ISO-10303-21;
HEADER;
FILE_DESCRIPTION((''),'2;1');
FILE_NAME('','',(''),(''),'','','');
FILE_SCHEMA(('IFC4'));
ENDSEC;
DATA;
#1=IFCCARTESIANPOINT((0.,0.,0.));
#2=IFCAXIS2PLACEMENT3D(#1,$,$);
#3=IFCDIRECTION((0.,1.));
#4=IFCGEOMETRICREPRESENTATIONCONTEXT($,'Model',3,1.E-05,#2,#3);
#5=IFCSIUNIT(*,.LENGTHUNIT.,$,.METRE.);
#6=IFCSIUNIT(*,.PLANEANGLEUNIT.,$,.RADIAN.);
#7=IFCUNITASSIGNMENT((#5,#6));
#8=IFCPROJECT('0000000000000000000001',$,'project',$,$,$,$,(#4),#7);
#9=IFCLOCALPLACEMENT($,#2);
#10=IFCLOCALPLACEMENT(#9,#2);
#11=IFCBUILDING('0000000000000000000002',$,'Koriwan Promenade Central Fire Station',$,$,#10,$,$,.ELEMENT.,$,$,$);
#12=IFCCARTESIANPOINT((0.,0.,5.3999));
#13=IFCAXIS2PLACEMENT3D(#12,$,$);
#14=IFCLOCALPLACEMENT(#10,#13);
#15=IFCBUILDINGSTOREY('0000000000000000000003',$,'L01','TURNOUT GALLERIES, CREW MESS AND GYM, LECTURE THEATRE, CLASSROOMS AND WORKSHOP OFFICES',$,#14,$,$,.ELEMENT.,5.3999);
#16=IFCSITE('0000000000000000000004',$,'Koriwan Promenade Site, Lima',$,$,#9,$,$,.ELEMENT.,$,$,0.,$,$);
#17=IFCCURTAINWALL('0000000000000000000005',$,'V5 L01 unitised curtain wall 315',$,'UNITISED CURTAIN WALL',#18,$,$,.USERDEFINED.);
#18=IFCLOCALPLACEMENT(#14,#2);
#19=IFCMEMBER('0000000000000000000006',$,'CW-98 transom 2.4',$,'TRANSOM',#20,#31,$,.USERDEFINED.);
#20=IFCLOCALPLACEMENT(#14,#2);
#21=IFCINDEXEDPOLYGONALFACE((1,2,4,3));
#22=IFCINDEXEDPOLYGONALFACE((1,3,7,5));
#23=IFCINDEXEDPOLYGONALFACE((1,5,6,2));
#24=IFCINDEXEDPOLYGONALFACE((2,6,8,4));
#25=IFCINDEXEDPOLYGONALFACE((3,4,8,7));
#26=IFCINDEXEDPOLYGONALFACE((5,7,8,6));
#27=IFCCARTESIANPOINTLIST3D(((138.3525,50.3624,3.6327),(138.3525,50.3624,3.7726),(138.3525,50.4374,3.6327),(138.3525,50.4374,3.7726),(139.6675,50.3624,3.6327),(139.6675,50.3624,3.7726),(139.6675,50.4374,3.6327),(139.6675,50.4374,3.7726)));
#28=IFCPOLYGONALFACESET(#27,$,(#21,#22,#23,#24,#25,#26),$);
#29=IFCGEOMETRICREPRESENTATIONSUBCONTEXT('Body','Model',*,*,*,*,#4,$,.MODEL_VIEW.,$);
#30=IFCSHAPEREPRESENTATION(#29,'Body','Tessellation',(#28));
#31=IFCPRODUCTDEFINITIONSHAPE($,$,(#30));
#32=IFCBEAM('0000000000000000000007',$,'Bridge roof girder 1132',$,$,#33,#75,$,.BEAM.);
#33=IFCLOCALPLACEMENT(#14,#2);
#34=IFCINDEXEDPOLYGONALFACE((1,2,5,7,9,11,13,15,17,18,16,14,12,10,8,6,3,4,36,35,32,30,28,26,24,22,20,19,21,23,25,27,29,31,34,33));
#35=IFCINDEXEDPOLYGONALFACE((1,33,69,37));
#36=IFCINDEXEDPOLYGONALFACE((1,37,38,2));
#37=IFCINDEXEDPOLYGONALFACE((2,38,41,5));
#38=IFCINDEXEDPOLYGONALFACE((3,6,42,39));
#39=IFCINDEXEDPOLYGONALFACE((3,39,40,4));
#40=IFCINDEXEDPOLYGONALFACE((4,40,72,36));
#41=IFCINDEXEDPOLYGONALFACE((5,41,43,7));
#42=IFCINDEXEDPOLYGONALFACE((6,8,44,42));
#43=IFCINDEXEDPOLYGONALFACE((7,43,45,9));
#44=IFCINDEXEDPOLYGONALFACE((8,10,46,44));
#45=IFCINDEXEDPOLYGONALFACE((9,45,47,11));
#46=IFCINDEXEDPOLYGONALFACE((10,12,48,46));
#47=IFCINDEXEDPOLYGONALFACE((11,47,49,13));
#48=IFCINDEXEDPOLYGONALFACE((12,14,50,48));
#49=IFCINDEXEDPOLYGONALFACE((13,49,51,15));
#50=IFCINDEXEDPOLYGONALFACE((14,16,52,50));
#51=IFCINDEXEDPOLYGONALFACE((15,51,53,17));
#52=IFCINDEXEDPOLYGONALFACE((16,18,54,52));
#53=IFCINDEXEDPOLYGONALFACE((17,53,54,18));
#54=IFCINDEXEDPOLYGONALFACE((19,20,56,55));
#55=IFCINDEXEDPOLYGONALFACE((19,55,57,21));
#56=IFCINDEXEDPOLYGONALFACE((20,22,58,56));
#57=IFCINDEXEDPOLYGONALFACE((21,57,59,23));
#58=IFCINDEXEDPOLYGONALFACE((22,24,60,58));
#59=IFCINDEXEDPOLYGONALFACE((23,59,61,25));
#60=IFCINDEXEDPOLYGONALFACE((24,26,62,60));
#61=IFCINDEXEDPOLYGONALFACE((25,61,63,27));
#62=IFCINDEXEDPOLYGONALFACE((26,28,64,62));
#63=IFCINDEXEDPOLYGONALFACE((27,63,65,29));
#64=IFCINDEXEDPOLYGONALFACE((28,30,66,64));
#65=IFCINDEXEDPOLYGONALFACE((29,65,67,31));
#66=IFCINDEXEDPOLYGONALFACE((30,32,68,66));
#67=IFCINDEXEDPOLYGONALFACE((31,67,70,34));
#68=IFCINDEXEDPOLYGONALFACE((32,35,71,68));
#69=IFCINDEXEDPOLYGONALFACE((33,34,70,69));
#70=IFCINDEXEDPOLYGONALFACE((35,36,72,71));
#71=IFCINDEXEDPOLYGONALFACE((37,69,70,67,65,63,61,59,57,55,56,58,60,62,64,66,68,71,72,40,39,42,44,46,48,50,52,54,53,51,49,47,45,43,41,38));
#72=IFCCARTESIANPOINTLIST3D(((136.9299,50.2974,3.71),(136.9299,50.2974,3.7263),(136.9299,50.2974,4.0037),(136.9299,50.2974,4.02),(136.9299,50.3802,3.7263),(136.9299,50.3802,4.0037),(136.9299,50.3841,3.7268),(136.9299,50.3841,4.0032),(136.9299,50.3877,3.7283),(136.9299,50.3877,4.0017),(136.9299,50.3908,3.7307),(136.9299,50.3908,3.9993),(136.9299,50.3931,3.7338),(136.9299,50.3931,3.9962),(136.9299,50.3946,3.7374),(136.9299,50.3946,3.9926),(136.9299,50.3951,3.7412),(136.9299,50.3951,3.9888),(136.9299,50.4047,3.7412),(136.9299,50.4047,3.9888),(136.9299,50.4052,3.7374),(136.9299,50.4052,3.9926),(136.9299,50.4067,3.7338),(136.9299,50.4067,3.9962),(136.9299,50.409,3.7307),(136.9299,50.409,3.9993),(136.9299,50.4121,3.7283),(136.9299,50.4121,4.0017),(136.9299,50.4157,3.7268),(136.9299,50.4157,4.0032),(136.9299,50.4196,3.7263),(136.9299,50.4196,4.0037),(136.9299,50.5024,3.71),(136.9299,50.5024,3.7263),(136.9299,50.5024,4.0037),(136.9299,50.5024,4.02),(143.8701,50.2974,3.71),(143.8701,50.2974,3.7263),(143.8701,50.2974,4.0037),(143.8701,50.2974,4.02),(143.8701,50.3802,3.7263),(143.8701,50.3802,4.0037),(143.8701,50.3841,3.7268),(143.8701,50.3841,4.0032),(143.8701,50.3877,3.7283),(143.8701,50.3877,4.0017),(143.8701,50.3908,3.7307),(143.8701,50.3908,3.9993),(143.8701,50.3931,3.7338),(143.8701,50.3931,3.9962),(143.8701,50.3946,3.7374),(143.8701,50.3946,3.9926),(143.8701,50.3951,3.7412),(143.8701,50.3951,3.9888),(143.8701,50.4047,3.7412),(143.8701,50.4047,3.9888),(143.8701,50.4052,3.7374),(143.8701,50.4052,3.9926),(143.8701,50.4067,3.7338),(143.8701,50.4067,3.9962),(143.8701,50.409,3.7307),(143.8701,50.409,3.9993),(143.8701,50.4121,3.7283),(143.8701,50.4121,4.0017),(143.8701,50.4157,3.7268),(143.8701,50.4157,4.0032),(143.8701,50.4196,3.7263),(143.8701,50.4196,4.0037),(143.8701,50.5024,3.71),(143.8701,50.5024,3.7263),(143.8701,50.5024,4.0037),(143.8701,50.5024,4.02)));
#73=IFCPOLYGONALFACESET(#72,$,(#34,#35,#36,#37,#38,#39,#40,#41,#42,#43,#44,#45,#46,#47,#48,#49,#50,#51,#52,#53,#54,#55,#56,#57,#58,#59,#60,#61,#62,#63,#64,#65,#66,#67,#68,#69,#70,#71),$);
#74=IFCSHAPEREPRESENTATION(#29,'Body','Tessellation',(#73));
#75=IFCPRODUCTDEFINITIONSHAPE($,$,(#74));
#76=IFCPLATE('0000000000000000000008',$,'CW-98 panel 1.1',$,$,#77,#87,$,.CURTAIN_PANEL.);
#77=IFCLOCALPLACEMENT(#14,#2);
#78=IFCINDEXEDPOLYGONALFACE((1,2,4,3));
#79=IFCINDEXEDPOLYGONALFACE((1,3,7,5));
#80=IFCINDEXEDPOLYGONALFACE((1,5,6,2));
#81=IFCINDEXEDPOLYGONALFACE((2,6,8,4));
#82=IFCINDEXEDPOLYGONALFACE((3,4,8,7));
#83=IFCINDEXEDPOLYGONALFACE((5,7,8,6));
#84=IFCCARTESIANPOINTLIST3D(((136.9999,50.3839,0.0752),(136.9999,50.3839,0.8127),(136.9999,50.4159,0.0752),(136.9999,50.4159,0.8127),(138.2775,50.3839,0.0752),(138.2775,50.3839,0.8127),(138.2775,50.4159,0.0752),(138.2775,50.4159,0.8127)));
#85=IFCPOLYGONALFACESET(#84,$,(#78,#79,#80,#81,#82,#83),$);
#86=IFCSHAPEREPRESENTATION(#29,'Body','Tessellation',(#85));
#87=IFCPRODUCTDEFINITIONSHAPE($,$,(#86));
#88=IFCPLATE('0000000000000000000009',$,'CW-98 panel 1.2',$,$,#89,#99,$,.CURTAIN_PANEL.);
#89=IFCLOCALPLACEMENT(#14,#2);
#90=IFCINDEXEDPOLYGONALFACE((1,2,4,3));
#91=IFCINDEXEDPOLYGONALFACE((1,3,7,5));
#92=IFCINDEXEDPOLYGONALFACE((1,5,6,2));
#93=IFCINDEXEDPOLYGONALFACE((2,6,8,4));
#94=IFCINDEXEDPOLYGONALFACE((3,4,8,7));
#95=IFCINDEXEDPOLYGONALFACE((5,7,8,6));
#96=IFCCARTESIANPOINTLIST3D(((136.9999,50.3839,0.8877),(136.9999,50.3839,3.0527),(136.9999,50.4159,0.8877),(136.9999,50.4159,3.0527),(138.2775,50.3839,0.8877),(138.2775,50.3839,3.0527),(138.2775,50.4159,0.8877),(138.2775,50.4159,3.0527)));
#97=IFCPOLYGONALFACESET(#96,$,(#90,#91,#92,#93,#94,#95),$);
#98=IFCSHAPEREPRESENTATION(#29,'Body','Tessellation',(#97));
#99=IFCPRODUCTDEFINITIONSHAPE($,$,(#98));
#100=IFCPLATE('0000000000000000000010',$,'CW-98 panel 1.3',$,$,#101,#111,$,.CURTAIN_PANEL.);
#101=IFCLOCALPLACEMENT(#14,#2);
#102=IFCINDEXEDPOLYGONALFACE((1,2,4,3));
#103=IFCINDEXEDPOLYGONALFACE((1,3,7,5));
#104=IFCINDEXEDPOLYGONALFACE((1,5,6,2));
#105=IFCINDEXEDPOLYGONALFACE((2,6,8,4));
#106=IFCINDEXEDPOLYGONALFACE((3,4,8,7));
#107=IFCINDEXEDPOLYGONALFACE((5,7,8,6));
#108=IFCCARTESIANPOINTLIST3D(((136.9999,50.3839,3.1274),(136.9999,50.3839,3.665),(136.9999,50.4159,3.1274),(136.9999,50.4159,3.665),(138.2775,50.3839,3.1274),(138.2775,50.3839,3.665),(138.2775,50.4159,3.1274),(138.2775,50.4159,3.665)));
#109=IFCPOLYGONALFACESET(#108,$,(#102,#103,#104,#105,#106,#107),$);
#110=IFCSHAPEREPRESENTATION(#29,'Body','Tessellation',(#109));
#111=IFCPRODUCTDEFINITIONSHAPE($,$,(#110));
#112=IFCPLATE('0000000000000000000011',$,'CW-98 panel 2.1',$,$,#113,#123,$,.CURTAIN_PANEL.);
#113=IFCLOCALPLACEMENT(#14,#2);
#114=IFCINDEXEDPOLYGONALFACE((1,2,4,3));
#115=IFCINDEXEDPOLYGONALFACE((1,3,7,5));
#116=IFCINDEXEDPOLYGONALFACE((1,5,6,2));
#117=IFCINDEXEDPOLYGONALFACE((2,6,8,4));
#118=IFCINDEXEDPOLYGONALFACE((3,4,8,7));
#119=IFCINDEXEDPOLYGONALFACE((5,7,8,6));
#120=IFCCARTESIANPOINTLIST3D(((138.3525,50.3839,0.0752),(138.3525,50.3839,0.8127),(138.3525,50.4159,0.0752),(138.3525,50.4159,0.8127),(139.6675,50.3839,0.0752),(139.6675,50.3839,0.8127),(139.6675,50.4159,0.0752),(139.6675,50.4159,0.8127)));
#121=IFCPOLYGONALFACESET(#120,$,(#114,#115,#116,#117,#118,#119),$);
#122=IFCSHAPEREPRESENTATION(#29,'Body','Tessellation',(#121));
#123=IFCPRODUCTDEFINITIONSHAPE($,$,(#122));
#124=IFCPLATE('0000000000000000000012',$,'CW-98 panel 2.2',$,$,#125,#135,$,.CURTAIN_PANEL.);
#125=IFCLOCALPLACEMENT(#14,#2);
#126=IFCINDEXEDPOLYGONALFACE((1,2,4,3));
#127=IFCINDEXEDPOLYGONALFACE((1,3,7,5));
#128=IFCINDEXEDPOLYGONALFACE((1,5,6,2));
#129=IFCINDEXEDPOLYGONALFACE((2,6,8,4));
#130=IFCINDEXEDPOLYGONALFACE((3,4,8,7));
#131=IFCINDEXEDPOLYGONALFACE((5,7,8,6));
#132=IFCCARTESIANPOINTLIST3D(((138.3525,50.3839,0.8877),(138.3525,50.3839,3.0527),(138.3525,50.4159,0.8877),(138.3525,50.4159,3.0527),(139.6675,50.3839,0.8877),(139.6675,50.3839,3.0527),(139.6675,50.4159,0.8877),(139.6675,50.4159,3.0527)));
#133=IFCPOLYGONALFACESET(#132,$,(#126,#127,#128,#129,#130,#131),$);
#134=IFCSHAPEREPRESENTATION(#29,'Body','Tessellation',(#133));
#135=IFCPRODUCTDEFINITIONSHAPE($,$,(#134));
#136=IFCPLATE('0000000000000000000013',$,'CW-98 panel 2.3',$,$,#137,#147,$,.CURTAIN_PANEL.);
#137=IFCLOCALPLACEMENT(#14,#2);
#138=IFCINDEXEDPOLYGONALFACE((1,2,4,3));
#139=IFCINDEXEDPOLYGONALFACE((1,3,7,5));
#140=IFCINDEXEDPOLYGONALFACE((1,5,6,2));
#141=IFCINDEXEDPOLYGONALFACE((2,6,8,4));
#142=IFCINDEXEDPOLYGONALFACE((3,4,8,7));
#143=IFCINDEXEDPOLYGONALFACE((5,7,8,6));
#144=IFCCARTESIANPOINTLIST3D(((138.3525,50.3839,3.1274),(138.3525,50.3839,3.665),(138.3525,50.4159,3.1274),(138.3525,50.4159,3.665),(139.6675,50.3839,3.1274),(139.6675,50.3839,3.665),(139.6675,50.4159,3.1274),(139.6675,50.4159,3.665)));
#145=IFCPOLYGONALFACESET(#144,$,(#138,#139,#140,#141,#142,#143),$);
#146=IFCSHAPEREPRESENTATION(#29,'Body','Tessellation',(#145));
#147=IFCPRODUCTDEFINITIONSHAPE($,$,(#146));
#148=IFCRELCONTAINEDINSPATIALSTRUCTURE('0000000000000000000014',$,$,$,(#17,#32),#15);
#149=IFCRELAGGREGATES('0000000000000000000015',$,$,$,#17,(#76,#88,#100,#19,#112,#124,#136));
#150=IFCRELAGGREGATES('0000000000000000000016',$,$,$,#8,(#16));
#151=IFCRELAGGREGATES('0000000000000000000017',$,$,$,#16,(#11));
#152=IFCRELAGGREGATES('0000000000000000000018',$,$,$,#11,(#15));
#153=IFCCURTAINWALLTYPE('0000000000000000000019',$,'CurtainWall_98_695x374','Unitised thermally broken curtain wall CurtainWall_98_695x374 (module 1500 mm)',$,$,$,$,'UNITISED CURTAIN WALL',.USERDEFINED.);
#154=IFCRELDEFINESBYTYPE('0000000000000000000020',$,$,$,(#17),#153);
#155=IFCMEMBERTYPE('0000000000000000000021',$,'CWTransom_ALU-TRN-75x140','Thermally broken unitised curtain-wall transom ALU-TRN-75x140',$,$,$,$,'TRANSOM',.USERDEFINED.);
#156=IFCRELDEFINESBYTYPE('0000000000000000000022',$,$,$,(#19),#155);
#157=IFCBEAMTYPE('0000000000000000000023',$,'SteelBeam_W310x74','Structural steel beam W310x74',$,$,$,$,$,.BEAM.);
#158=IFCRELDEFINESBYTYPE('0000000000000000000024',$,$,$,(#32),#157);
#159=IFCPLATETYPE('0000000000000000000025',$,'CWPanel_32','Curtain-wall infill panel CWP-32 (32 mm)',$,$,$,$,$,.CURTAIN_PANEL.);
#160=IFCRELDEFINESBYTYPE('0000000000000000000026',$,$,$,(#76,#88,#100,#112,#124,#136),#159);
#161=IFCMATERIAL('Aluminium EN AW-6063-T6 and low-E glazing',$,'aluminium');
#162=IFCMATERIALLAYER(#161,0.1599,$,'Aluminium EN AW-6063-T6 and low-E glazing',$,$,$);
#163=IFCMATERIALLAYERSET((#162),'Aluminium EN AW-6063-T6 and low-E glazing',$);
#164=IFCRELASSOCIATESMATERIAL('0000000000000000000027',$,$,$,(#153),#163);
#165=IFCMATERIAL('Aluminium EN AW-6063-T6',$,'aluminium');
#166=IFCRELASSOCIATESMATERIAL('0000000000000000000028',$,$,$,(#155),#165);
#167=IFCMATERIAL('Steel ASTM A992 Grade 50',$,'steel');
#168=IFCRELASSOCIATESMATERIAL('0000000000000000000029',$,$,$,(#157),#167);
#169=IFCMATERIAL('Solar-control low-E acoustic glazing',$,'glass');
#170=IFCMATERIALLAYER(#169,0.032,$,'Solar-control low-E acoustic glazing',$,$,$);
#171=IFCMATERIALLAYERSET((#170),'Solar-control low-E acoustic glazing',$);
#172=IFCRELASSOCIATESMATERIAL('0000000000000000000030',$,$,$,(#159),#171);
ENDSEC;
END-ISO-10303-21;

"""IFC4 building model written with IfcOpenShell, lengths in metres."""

from ifc_helpers import new_model, si_unit, direction, frame, origin, origin_2d, place, context, subcontext, project, spatial, rectangle, i_section, extrude, material, layer, layer_set, material_profile, profile_set, type_object, element, aggregate, save


model = new_model("IFC4")

# Units and contexts
model_context = context("Model", 3, precision=1e-05, world=origin(), true_north=direction((0.0, 1.0)))
body_context = subcontext(model_context, "Body", "Model", "MODEL_VIEW")
ifc_project = project(units=[si_unit("LENGTHUNIT", "METRE"), si_unit("PLANEANGLEUNIT", "RADIAN")], contexts=[model_context])

# Site, building, storey
site_placement = place(None, origin())
site = spatial("IfcSite", under=ifc_project, at=site_placement, Name="Koriwan Promenade Site, Lima", CompositionType="ELEMENT", RefElevation=0.0)
building_placement = place(site_placement, origin())
building = spatial("IfcBuilding", under=site, at=building_placement, Name="Koriwan Promenade Central Fire Station", CompositionType="ELEMENT")
storey_placement = place(building_placement, frame((0.0, 0.0, 5.3999)))
storey = spatial("IfcBuildingStorey", under=building, at=storey_placement, Name="L01", Description="TURNOUT GALLERIES, CREW MESS AND GYM, LECTURE THEATRE, CLASSROOMS AND WORKSHOP OFFICES", CompositionType="ELEMENT", Elevation=5.3999)

# Curtain wall, member
ifc_material_1 = material(Name="Aluminium EN AW-6063-T6 and low-E glazing", Category="aluminium")
ifc_layer_1 = layer(ifc_material_1, 0.1599, Name="Aluminium EN AW-6063-T6 and low-E glazing")
ifc_layer_set_1 = layer_set([ifc_layer_1], Name="Aluminium EN AW-6063-T6 and low-E glazing")
curtain_wall_type = type_object("IfcCurtainWallType", Name="CurtainWall_98_695x374", Description="Unitised thermally broken curtain wall CurtainWall_98_695x374 (module 1500 mm)", ElementType="UNITISED CURTAIN WALL", PredefinedType="USERDEFINED", material=ifc_layer_set_1)
curtain_wall_placement = place(storey_placement, origin())
curtain_wall = element("IfcCurtainWall", 1, at=curtain_wall_placement, inside=storey, type_object=curtain_wall_type, Name="V5 L01 unitised curtain wall 315", ObjectType="UNITISED CURTAIN WALL", PredefinedType="USERDEFINED")
ifc_material_2 = material(Name="Aluminium EN AW-6063-T6", Category="aluminium")
ifc_material_profile_1 = material_profile(ifc_material_2, rectangle(XDim=0.075, YDim=0.1399, at=origin_2d()), Name="ALU-TRN-75x140")
ifc_profile_set_1 = profile_set([ifc_material_profile_1], Name="Aluminium EN AW-6063-T6")
member_type_1 = type_object("IfcMemberType", Name="CWTransom_ALU-TRN-75x140", Description="Thermally broken unitised curtain-wall transom ALU-TRN-75x140", ElementType="TRANSOM", PredefinedType="USERDEFINED", material=ifc_profile_set_1)
member_1_placement = place(storey_placement, frame((138.3525, 50.3999, 3.7026), z_axis=(1.0, 0.0, 0.0), x_axis=(0.0, 1.0, 0.0)))
member_1 = element("IfcMember", 2, at=member_1_placement, type_object=member_type_1, Name="CW-98 transom 2.4", ObjectType="TRANSOM", PredefinedType="USERDEFINED", context=body_context, shape_type="SweptSolid", body=[
    extrude(rectangle(XDim=0.075, YDim=0.1399, at=origin_2d()), origin(), (0.0, 0.0, 1.0), 1.3149),
])

# Beam
ifc_material_3 = material(Name="Steel ASTM A992 Grade 50", Category="steel")
ifc_material_profile_2 = material_profile(ifc_material_3, i_section(OverallWidth=0.2051, OverallDepth=0.3101, WebThickness=0.0095, FlangeThickness=0.0164, FilletRadius=0.0149, at=origin_2d()), Name="W310x74")
ifc_profile_set_2 = profile_set([ifc_material_profile_2], Name="Steel ASTM A992 Grade 50")
beam_type = type_object("IfcBeamType", Name="SteelBeam_W310x74", Description="Structural steel beam W310x74", PredefinedType="BEAM", material=ifc_profile_set_2)
beam_placement = place(storey_placement, frame((136.9299, 50.3999, 3.865), z_axis=(1.0, 0.0, 0.0), x_axis=(0.0, 1.0, 0.0)))
element("IfcBeam", 3, at=beam_placement, inside=storey, type_object=beam_type, Name="Bridge roof girder 1132", PredefinedType="BEAM", context=body_context, shape_type="SweptSolid", body=[
    extrude(i_section(OverallWidth=0.2051, OverallDepth=0.3101, WebThickness=0.0095, FlangeThickness=0.0164, FilletRadius=0.0149, at=origin_2d()), origin(), (0.0, 0.0, 1.0), 6.9402),
])

# Plates
ifc_material_4 = material(Name="Solar-control low-E acoustic glazing", Category="glass")
ifc_layer_2 = layer(ifc_material_4, 0.032, Name="Solar-control low-E acoustic glazing")
ifc_layer_set_2 = layer_set([ifc_layer_2], Name="Solar-control low-E acoustic glazing")
plate_type = type_object("IfcPlateType", Name="CWPanel_32", Description="Curtain-wall infill panel CWP-32 (32 mm)", PredefinedType="CURTAIN_PANEL", material=ifc_layer_set_2)
plate_1_placement = place(storey_placement, frame((137.6387, 50.3999, 0.0752), z_axis=(0.0, 0.0, 1.0), x_axis=(1.0, 0.0, 0.0)))
plate_1 = element("IfcPlate", 4, at=plate_1_placement, type_object=plate_type, Name="CW-98 panel 1.1", PredefinedType="CURTAIN_PANEL", context=body_context, shape_type="SweptSolid", body=[
    extrude(rectangle(XDim=1.2776, YDim=0.032, at=origin_2d()), origin(), (0.0, 0.0, 1.0), 0.7375),
])
plate_2_placement = place(storey_placement, frame((137.6387, 50.3999, 0.8877), z_axis=(0.0, 0.0, 1.0), x_axis=(1.0, 0.0, 0.0)))
plate_2 = element("IfcPlate", 5, at=plate_2_placement, type_object=plate_type, Name="CW-98 panel 1.2", PredefinedType="CURTAIN_PANEL", context=body_context, shape_type="SweptSolid", body=[
    extrude(rectangle(XDim=1.2776, YDim=0.032, at=origin_2d()), origin(), (0.0, 0.0, 1.0), 2.165),
])
plate_3_placement = place(storey_placement, frame((137.6387, 50.3999, 3.1274), z_axis=(0.0, 0.0, 1.0), x_axis=(1.0, 0.0, 0.0)))
plate_3 = element("IfcPlate", 6, at=plate_3_placement, type_object=plate_type, Name="CW-98 panel 1.3", PredefinedType="CURTAIN_PANEL", context=body_context, shape_type="SweptSolid", body=[
    extrude(rectangle(XDim=1.2776, YDim=0.032, at=origin_2d()), origin(), (0.0, 0.0, 1.0), 0.5376),
])
plate_4_placement = place(storey_placement, frame((139.01, 50.3999, 0.0752), z_axis=(0.0, 0.0, 1.0), x_axis=(1.0, 0.0, 0.0)))
plate_4 = element("IfcPlate", 7, at=plate_4_placement, type_object=plate_type, Name="CW-98 panel 2.1", PredefinedType="CURTAIN_PANEL", context=body_context, shape_type="SweptSolid", body=[
    extrude(rectangle(XDim=1.3149, YDim=0.032, at=origin_2d()), origin(), (0.0, 0.0, 1.0), 0.7375),
])
plate_5_placement = place(storey_placement, frame((139.01, 50.3999, 0.8877), z_axis=(0.0, 0.0, 1.0), x_axis=(1.0, 0.0, 0.0)))
plate_5 = element("IfcPlate", 8, at=plate_5_placement, type_object=plate_type, Name="CW-98 panel 2.2", PredefinedType="CURTAIN_PANEL", context=body_context, shape_type="SweptSolid", body=[
    extrude(rectangle(XDim=1.3149, YDim=0.032, at=origin_2d()), origin(), (0.0, 0.0, 1.0), 2.165),
])
plate_6_placement = place(storey_placement, frame((139.01, 50.3999, 3.1274), z_axis=(0.0, 0.0, 1.0), x_axis=(1.0, 0.0, 0.0)))
plate_6 = element("IfcPlate", 9, at=plate_6_placement, type_object=plate_type, Name="CW-98 panel 2.3", PredefinedType="CURTAIN_PANEL", context=body_context, shape_type="SweptSolid", body=[
    extrude(rectangle(XDim=1.3149, YDim=0.032, at=origin_2d()), origin(), (0.0, 0.0, 1.0), 0.5376),
])
aggregate(curtain_wall, [plate_1, plate_2, plate_3, member_1, plate_4, plate_5, plate_6])

save(model, "model.ifc")
